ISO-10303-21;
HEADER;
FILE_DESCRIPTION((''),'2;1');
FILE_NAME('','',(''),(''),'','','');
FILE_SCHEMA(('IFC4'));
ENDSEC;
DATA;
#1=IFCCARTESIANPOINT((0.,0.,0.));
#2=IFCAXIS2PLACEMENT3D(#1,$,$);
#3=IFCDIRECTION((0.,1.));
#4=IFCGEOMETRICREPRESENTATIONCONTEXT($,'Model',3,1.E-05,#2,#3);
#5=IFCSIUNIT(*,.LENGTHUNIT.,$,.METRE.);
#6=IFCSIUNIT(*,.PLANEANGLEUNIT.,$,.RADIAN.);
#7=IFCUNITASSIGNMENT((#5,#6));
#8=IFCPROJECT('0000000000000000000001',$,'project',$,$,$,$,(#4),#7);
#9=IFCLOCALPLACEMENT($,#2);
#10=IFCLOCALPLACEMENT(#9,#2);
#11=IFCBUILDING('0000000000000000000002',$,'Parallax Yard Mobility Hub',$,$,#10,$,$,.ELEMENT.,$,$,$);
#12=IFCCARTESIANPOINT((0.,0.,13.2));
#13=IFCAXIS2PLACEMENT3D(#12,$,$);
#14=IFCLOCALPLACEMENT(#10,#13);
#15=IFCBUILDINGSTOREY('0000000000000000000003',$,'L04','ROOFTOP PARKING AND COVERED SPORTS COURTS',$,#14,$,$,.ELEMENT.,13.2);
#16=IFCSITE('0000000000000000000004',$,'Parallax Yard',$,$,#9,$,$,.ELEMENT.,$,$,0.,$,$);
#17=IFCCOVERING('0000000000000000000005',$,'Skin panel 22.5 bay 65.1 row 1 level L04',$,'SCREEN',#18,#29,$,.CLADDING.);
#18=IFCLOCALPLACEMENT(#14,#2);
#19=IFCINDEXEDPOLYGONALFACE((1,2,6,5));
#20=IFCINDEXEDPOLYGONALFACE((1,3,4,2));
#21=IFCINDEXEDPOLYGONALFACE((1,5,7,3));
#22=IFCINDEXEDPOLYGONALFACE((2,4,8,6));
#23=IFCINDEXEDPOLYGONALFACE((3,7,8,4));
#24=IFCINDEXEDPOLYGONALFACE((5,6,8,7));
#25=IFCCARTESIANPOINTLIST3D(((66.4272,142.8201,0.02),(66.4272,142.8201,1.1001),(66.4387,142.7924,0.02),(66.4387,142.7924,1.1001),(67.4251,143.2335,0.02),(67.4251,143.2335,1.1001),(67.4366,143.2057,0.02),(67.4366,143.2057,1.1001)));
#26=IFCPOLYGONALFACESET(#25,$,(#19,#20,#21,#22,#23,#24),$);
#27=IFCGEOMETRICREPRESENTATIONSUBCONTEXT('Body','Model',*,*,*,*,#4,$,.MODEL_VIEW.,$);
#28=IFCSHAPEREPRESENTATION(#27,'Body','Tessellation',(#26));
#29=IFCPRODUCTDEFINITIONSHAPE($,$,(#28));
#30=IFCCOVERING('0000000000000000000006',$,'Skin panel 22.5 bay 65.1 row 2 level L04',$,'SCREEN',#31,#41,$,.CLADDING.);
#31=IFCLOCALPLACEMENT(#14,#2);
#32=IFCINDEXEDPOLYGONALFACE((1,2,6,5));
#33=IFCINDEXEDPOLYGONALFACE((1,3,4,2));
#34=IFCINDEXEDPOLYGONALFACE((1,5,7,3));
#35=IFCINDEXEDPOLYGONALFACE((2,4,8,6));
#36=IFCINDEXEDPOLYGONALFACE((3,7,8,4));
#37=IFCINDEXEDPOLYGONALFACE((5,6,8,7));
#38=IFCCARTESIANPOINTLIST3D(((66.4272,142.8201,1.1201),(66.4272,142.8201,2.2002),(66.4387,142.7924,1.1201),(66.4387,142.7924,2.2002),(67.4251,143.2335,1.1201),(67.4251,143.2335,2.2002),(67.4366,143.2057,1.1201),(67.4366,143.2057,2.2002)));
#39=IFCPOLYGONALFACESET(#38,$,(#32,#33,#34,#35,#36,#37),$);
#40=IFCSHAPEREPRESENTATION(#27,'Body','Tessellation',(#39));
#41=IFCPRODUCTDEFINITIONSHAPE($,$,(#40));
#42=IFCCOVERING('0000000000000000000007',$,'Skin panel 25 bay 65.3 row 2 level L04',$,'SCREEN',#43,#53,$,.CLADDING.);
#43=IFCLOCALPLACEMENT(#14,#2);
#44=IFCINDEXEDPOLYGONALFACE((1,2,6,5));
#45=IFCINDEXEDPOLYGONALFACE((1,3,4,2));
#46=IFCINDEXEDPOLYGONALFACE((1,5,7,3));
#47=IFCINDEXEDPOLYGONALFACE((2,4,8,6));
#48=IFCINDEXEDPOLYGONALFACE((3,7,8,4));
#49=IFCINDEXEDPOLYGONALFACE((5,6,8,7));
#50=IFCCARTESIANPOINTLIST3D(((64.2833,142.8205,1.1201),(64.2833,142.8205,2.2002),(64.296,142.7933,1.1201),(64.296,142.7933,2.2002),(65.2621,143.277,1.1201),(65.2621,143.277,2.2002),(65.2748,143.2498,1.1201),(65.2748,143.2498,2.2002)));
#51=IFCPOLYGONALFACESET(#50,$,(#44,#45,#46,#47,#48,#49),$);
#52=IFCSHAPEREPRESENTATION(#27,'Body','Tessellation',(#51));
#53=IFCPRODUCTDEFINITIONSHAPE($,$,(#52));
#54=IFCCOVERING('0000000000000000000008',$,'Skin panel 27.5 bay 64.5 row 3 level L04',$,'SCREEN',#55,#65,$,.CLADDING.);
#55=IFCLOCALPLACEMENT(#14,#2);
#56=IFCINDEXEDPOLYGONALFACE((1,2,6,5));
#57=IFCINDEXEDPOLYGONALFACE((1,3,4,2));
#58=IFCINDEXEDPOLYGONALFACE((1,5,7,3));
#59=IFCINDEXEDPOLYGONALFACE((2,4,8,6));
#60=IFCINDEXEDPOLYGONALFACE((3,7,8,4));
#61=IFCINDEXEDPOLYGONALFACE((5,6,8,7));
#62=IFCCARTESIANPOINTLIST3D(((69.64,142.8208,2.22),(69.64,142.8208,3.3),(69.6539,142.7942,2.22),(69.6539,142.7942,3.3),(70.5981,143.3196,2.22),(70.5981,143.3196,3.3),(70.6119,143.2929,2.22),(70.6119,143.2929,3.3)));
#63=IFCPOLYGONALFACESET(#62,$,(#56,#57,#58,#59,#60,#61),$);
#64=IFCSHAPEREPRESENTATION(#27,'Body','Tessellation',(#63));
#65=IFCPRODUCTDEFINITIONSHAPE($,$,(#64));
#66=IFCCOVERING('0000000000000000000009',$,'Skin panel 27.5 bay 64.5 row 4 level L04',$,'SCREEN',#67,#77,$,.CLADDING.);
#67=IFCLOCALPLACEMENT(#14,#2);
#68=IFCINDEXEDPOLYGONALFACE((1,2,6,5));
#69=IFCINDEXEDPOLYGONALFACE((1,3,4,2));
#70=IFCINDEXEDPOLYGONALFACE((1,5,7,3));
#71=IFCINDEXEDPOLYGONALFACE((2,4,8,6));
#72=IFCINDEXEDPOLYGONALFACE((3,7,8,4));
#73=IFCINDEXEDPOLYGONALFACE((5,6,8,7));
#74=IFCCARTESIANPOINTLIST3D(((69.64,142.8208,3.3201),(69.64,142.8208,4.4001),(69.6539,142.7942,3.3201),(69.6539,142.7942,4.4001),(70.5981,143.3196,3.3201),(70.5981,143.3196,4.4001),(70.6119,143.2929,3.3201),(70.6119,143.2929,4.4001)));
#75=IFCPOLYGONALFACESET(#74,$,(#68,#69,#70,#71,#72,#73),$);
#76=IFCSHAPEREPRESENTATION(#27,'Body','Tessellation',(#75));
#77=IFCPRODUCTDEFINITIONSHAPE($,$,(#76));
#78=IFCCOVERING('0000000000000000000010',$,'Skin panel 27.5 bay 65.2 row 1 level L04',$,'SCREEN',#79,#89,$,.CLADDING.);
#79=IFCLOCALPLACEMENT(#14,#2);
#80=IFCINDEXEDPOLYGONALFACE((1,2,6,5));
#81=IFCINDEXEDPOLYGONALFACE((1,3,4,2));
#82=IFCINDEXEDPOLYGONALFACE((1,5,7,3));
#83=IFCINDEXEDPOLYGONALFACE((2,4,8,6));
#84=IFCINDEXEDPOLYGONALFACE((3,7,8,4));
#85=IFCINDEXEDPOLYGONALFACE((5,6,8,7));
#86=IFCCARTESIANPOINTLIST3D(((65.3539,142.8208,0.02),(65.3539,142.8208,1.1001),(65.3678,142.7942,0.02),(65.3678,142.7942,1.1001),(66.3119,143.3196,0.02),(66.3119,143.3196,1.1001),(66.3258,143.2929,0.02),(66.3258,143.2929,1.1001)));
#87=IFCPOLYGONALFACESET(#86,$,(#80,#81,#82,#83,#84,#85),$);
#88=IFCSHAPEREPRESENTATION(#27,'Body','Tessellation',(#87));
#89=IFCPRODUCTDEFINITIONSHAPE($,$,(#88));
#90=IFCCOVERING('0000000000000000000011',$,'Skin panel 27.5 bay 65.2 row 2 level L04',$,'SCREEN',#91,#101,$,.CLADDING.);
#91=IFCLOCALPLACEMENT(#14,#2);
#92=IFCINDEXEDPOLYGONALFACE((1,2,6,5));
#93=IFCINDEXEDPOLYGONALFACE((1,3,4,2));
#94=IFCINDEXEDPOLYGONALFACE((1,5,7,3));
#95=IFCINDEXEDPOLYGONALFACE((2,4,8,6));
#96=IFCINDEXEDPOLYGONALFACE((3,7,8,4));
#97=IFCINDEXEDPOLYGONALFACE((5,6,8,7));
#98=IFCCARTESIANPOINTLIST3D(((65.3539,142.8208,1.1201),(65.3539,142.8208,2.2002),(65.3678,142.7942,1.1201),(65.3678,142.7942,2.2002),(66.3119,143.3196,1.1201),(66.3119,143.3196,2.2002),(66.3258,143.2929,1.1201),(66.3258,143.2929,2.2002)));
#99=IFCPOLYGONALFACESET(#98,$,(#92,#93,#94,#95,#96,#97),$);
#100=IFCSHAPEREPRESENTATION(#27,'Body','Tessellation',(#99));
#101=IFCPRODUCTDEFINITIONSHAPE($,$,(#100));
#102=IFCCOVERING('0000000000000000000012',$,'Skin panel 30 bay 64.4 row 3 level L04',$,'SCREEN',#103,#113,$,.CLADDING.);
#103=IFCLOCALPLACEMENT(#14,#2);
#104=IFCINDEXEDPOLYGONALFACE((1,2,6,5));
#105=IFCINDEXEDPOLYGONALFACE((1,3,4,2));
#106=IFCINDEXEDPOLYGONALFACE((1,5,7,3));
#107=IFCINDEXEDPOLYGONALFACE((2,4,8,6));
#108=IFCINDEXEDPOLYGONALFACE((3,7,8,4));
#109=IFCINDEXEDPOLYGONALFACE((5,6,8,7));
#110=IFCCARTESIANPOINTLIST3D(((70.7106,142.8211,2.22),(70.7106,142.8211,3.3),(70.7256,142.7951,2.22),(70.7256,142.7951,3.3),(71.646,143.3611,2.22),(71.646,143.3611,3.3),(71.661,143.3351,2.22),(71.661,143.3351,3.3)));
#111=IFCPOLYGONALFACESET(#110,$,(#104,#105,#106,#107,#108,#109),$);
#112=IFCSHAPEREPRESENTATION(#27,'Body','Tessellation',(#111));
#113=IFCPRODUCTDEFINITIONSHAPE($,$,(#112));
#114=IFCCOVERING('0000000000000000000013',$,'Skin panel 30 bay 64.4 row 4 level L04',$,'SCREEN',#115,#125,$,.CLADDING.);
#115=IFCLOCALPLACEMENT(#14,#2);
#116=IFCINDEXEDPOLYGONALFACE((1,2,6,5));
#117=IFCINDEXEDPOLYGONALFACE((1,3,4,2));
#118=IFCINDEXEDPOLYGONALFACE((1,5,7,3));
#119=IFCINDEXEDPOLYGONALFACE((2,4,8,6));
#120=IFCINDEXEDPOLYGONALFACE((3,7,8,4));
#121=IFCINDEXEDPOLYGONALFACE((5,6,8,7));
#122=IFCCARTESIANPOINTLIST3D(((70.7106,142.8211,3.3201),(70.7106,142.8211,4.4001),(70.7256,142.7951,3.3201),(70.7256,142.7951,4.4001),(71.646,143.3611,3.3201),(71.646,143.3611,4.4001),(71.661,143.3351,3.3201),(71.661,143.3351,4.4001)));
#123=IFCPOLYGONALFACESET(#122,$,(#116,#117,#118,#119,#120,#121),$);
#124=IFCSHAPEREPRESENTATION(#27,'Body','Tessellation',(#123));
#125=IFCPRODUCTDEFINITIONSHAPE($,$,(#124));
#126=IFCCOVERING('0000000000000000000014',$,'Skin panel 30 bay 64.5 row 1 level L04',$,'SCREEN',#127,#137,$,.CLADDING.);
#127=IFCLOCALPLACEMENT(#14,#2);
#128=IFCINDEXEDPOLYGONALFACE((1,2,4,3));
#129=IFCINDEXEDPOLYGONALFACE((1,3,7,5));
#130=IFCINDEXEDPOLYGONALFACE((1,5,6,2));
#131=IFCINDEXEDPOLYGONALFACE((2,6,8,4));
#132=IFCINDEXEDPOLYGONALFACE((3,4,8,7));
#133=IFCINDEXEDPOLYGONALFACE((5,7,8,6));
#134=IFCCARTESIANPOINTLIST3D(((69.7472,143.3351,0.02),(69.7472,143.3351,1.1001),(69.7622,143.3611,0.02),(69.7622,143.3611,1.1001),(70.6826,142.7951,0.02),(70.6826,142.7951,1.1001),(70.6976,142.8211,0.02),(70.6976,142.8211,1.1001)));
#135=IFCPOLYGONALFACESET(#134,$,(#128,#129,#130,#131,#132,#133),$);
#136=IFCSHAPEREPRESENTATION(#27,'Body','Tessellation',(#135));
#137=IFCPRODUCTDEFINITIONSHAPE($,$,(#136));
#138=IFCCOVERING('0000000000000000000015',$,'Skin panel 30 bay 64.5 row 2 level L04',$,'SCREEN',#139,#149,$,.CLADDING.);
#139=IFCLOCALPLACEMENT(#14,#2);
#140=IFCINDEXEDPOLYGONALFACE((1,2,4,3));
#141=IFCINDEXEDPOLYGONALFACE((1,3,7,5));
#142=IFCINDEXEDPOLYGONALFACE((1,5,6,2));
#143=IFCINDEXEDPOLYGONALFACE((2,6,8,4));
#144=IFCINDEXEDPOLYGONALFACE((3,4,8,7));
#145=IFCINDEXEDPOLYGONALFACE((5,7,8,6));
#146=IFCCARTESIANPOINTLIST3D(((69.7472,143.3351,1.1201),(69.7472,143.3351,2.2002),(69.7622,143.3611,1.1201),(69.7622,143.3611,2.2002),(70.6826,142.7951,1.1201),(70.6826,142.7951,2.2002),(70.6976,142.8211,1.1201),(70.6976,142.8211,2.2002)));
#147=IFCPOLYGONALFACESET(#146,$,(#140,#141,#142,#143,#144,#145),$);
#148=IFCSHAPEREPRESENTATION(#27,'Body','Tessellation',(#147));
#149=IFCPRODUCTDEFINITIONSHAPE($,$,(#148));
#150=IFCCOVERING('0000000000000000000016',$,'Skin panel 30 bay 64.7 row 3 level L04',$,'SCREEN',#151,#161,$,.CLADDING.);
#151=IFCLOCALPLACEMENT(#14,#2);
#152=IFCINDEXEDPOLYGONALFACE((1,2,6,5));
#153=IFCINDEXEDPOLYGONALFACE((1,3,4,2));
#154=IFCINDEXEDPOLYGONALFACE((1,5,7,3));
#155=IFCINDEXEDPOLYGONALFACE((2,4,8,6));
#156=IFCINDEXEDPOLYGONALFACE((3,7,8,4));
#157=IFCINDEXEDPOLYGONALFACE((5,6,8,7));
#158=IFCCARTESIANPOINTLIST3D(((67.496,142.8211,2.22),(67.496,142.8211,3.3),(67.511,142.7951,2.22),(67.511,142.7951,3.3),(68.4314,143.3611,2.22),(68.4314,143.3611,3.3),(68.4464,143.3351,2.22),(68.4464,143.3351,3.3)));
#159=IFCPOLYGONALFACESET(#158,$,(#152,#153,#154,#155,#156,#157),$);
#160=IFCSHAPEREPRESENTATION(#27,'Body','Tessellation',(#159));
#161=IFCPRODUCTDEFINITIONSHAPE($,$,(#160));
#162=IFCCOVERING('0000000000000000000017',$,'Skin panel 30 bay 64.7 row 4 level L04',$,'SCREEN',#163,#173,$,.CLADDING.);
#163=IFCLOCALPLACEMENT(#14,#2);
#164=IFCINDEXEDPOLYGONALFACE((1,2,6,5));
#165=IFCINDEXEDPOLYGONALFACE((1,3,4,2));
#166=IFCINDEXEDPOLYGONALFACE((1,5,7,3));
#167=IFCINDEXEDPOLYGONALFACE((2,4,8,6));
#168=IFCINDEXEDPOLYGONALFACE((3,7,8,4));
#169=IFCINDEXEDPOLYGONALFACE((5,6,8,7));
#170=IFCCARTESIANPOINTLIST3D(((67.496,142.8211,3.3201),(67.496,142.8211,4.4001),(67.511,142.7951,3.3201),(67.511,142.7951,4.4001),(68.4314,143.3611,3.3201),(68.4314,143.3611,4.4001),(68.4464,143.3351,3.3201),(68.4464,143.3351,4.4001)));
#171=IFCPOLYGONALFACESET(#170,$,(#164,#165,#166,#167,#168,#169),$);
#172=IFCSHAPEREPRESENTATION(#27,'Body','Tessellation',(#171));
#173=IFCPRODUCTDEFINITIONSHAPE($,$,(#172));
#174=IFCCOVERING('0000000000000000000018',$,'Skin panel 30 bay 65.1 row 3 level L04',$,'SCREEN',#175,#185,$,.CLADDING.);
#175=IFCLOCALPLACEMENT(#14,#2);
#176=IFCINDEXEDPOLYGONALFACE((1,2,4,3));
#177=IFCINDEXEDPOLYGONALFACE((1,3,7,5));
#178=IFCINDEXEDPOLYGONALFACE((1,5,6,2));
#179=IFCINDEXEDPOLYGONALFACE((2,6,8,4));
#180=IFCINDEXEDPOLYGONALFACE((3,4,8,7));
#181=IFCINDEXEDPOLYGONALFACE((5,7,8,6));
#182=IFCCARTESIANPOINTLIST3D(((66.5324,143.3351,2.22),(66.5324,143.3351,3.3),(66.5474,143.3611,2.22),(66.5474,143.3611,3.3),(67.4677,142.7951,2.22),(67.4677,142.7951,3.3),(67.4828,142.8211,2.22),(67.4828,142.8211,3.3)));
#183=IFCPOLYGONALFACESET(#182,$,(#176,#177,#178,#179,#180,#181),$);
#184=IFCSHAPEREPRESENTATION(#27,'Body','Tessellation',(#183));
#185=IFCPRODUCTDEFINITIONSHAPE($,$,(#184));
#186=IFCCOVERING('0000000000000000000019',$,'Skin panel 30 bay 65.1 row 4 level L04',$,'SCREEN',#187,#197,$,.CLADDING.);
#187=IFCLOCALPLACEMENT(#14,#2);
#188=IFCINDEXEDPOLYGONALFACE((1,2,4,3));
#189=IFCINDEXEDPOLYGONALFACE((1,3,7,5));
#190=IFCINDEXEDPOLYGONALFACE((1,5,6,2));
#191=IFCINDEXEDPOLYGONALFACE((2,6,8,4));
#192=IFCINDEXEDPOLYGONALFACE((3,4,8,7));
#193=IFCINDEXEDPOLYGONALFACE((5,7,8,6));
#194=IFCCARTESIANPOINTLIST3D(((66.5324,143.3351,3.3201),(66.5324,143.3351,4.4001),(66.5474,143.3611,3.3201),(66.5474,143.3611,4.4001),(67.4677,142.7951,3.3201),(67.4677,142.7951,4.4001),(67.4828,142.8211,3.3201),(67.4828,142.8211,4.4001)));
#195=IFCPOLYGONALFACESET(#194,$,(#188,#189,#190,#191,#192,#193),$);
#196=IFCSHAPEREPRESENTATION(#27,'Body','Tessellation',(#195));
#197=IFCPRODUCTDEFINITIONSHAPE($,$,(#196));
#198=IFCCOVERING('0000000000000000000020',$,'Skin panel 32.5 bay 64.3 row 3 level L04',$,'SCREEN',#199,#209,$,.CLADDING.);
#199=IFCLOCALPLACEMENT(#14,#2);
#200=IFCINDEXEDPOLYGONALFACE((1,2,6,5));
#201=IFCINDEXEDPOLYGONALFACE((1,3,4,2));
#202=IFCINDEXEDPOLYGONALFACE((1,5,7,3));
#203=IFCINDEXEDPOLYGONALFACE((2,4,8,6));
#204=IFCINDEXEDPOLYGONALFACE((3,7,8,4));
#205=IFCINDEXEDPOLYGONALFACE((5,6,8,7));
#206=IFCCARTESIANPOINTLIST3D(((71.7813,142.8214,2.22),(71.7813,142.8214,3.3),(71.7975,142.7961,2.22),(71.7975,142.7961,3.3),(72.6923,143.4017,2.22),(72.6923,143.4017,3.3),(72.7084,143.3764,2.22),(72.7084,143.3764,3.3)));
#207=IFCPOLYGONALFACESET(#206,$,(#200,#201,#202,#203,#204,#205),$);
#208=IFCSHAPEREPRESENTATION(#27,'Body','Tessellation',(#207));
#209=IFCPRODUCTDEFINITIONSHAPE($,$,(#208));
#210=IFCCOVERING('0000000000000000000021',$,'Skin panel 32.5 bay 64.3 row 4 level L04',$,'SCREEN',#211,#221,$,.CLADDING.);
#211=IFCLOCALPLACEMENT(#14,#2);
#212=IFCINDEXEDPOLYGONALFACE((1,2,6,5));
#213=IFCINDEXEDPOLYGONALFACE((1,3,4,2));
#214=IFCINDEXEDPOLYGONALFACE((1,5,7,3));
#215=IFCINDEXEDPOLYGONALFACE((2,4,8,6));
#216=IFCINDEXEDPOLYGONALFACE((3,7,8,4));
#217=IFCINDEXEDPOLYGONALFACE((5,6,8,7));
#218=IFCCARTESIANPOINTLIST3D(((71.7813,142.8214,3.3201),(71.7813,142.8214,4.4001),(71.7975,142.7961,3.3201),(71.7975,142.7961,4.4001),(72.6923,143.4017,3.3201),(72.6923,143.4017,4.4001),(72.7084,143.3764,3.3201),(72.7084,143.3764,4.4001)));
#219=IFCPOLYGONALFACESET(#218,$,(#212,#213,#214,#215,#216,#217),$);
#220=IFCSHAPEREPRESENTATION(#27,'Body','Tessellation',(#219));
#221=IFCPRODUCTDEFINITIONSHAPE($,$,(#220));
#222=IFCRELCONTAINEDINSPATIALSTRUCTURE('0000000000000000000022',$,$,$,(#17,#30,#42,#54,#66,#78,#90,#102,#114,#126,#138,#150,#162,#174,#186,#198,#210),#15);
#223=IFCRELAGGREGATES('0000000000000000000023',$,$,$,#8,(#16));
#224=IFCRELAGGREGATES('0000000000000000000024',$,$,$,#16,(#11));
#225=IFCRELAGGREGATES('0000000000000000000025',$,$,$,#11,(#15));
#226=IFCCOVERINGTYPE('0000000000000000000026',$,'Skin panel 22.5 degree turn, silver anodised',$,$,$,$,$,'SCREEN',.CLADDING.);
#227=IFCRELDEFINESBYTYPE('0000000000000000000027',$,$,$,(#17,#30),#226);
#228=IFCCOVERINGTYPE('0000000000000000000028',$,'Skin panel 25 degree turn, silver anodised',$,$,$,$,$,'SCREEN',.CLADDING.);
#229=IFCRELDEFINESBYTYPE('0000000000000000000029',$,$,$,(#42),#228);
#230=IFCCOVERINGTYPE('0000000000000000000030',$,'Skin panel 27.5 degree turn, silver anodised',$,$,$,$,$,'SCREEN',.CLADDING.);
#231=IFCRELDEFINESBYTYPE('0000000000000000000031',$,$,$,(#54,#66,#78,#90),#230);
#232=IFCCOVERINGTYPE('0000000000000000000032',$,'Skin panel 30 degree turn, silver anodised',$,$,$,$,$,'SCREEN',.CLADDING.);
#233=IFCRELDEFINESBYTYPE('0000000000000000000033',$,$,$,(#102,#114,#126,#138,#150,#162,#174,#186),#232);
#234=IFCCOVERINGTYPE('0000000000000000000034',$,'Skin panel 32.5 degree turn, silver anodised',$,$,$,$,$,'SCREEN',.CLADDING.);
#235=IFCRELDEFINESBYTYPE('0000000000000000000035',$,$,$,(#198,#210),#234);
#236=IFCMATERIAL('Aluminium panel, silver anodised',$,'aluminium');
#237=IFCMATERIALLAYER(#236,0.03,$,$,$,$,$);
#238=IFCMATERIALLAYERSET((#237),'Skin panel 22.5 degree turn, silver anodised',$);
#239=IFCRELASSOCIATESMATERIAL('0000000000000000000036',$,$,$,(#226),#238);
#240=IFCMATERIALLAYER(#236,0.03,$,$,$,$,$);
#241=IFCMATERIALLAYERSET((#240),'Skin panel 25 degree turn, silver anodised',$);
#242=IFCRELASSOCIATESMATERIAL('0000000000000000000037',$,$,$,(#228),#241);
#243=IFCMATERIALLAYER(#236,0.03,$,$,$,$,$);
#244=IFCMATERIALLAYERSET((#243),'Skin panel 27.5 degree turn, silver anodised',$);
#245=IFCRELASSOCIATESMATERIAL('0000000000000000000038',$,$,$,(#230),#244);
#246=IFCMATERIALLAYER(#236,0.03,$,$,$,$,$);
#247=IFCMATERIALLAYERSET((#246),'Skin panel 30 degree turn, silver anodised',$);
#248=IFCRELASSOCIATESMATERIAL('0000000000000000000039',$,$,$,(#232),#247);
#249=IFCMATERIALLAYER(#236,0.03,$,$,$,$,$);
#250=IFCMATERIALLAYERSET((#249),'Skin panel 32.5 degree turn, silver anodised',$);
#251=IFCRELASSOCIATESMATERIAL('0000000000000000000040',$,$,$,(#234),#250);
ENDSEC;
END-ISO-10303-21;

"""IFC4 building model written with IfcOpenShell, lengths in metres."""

from ifc_helpers import new_model, si_unit, direction, frame, origin, origin_2d, place, context, subcontext, project, spatial, rectangle, extrude, material, layer, layer_set, type_object, element, save


model = new_model("IFC4")

# Units and contexts
model_context = context("Model", 3, precision=1e-05, world=origin(), true_north=direction((0.0, 1.0)))
body_context = subcontext(model_context, "Body", "Model", "MODEL_VIEW")
ifc_project = project(units=[si_unit("LENGTHUNIT", "METRE"), si_unit("PLANEANGLEUNIT", "RADIAN")], contexts=[model_context])

# Site, building, storey
site_placement = place(None, origin())
site = spatial("IfcSite", under=ifc_project, at=site_placement, Name="Parallax Yard", CompositionType="ELEMENT", RefElevation=0.0)
building_placement = place(site_placement, origin())
building = spatial("IfcBuilding", under=site, at=building_placement, Name="Parallax Yard Mobility Hub", CompositionType="ELEMENT")
storey_placement = place(building_placement, frame((0.0, 0.0, 13.2)))
storey = spatial("IfcBuildingStorey", under=building, at=storey_placement, Name="L04", Description="ROOFTOP PARKING AND COVERED SPORTS COURTS", CompositionType="ELEMENT", Elevation=13.2)

# Coverings
ifc_material_1 = material(Name="Aluminium panel, silver anodised", Category="aluminium")
ifc_layer_1 = layer(ifc_material_1, 0.03)
ifc_layer_set_1 = layer_set([ifc_layer_1], Name="Skin panel 22.5 degree turn, silver anodised")
covering_type_1 = type_object("IfcCoveringType", Name="Skin panel 22.5 degree turn, silver anodised", ElementType="SCREEN", PredefinedType="CLADDING", material=ifc_layer_set_1)
for number, where, z_axis, x_axis, name in (
    (1, (66.9319, 143.0129, 0.02), (0.0, 0.0, 1.0), (0.92388, 0.382683, 0.0), "Skin panel 22.5 bay 65.1 row 1 level L04"),
    (2, (66.9319, 143.0129, 1.1201), (0.0, 0.0, 1.0), (0.92388, 0.382683, 0.0), "Skin panel 22.5 bay 65.1 row 2 level L04"),
):
    element("IfcCovering", number, at=place(storey_placement, frame(where, z_axis=z_axis, x_axis=x_axis)), inside=storey, type_object=covering_type_1, Name=name, ObjectType="SCREEN", PredefinedType="CLADDING", context=body_context, shape_type="SweptSolid", body=[
        extrude(rectangle(XDim=1.0801, YDim=0.03, at=origin_2d()), origin(), (0.0, 0.0, 1.0), 1.0801),
    ])
ifc_layer_2 = layer(ifc_material_1, 0.03)
ifc_layer_set_2 = layer_set([ifc_layer_2], Name="Skin panel 25 degree turn, silver anodised")
covering_type_2 = type_object("IfcCoveringType", Name="Skin panel 25 degree turn, silver anodised", ElementType="SCREEN", PredefinedType="CLADDING", material=ifc_layer_set_2)
covering_placement = place(storey_placement, frame((64.7791, 143.0352, 1.1201), z_axis=(0.0, 0.0, 1.0), x_axis=(0.906308, 0.422618, 0.0)))
element("IfcCovering", 3, at=covering_placement, inside=storey, type_object=covering_type_2, Name="Skin panel 25 bay 65.3 row 2 level L04", ObjectType="SCREEN", PredefinedType="CLADDING", context=body_context, shape_type="SweptSolid", body=[
    extrude(rectangle(XDim=1.0801, YDim=0.03, at=origin_2d()), origin(), (0.0, 0.0, 1.0), 1.0801),
])
ifc_layer_3 = layer(ifc_material_1, 0.03)
ifc_layer_set_3 = layer_set([ifc_layer_3], Name="Skin panel 27.5 degree turn, silver anodised")
covering_type_3 = type_object("IfcCoveringType", Name="Skin panel 27.5 degree turn, silver anodised", ElementType="SCREEN", PredefinedType="CLADDING", material=ifc_layer_set_3)
for number, where, z_axis, x_axis, name in (
    (4, (70.126, 143.0569, 2.22), (0.0, 0.0, 1.0), (0.887011, 0.461749, 0.0), "Skin panel 27.5 bay 64.5 row 3 level L04"),
    (5, (70.126, 143.0569, 3.3201), (0.0, 0.0, 1.0), (0.887011, 0.461749, 0.0), "Skin panel 27.5 bay 64.5 row 4 level L04"),
    (6, (65.8398, 143.0569, 0.02), (0.0, 0.0, 1.0), (0.887011, 0.461749, 0.0), "Skin panel 27.5 bay 65.2 row 1 level L04"),
    (7, (65.8398, 143.0569, 1.1201), (0.0, 0.0, 1.0), (0.887011, 0.461749, 0.0), "Skin panel 27.5 bay 65.2 row 2 level L04"),
):
    element("IfcCovering", number, at=place(storey_placement, frame(where, z_axis=z_axis, x_axis=x_axis)), inside=storey, type_object=covering_type_3, Name=name, ObjectType="SCREEN", PredefinedType="CLADDING", context=body_context, shape_type="SweptSolid", body=[
        extrude(rectangle(XDim=1.0801, YDim=0.03, at=origin_2d()), origin(), (0.0, 0.0, 1.0), 1.0801),
    ])
ifc_layer_4 = layer(ifc_material_1, 0.03)
ifc_layer_set_4 = layer_set([ifc_layer_4], Name="Skin panel 30 degree turn, silver anodised")
covering_type_4 = type_object("IfcCoveringType", Name="Skin panel 30 degree turn, silver anodised", ElementType="SCREEN", PredefinedType="CLADDING", material=ifc_layer_set_4)
for number, where, z_axis, x_axis, name in (
    (8, (71.1858, 143.0781, 2.22), (0.0, 0.0, 1.0), (0.866025, 0.5, 0.0), "Skin panel 30 bay 64.4 row 3 level L04"),
    (9, (71.1858, 143.0781, 3.3201), (0.0, 0.0, 1.0), (0.866025, 0.5, 0.0), "Skin panel 30 bay 64.4 row 4 level L04"),
    (10, (70.2224, 143.0781, 0.02), (0.0, 0.0, 1.0), (-0.866025, 0.5, 0.0), "Skin panel 30 bay 64.5 row 1 level L04"),
    (11, (70.2224, 143.0781, 1.1201), (0.0, 0.0, 1.0), (-0.866025, 0.5, 0.0), "Skin panel 30 bay 64.5 row 2 level L04"),
    (12, (67.9712, 143.0781, 2.22), (0.0, 0.0, 1.0), (0.866025, 0.5, 0.0), "Skin panel 30 bay 64.7 row 3 level L04"),
    (13, (67.9712, 143.0781, 3.3201), (0.0, 0.0, 1.0), (0.866025, 0.5, 0.0), "Skin panel 30 bay 64.7 row 4 level L04"),
    (14, (67.0076, 143.0781, 2.22), (0.0, 0.0, 1.0), (-0.866025, 0.5, 0.0), "Skin panel 30 bay 65.1 row 3 level L04"),
    (15, (67.0076, 143.0781, 3.3201), (0.0, 0.0, 1.0), (-0.866025, 0.5, 0.0), "Skin panel 30 bay 65.1 row 4 level L04"),
):
    element("IfcCovering", number, at=place(storey_placement, frame(where, z_axis=z_axis, x_axis=x_axis)), inside=storey, type_object=covering_type_4, Name=name, ObjectType="SCREEN", PredefinedType="CLADDING", context=body_context, shape_type="SweptSolid", body=[
        extrude(rectangle(XDim=1.0801, YDim=0.03, at=origin_2d()), origin(), (0.0, 0.0, 1.0), 1.0801),
    ])
ifc_layer_5 = layer(ifc_material_1, 0.03)
ifc_layer_set_5 = layer_set([ifc_layer_5], Name="Skin panel 32.5 degree turn, silver anodised")
covering_type_5 = type_object("IfcCoveringType", Name="Skin panel 32.5 degree turn, silver anodised", ElementType="SCREEN", PredefinedType="CLADDING", material=ifc_layer_set_5)
for number, where, z_axis, x_axis, name in (
    (16, (72.2449, 143.0989, 2.22), (0.0, 0.0, 1.0), (0.843391, 0.5373, 0.0), "Skin panel 32.5 bay 64.3 row 3 level L04"),
    (17, (72.2449, 143.0989, 3.3201), (0.0, 0.0, 1.0), (0.843391, 0.5373, 0.0), "Skin panel 32.5 bay 64.3 row 4 level L04"),
):
    element("IfcCovering", number, at=place(storey_placement, frame(where, z_axis=z_axis, x_axis=x_axis)), inside=storey, type_object=covering_type_5, Name=name, ObjectType="SCREEN", PredefinedType="CLADDING", context=body_context, shape_type="SweptSolid", body=[
        extrude(rectangle(XDim=1.0801, YDim=0.03, at=origin_2d()), origin(), (0.0, 0.0, 1.0), 1.0801),
    ])

save(model, "model.ifc")
